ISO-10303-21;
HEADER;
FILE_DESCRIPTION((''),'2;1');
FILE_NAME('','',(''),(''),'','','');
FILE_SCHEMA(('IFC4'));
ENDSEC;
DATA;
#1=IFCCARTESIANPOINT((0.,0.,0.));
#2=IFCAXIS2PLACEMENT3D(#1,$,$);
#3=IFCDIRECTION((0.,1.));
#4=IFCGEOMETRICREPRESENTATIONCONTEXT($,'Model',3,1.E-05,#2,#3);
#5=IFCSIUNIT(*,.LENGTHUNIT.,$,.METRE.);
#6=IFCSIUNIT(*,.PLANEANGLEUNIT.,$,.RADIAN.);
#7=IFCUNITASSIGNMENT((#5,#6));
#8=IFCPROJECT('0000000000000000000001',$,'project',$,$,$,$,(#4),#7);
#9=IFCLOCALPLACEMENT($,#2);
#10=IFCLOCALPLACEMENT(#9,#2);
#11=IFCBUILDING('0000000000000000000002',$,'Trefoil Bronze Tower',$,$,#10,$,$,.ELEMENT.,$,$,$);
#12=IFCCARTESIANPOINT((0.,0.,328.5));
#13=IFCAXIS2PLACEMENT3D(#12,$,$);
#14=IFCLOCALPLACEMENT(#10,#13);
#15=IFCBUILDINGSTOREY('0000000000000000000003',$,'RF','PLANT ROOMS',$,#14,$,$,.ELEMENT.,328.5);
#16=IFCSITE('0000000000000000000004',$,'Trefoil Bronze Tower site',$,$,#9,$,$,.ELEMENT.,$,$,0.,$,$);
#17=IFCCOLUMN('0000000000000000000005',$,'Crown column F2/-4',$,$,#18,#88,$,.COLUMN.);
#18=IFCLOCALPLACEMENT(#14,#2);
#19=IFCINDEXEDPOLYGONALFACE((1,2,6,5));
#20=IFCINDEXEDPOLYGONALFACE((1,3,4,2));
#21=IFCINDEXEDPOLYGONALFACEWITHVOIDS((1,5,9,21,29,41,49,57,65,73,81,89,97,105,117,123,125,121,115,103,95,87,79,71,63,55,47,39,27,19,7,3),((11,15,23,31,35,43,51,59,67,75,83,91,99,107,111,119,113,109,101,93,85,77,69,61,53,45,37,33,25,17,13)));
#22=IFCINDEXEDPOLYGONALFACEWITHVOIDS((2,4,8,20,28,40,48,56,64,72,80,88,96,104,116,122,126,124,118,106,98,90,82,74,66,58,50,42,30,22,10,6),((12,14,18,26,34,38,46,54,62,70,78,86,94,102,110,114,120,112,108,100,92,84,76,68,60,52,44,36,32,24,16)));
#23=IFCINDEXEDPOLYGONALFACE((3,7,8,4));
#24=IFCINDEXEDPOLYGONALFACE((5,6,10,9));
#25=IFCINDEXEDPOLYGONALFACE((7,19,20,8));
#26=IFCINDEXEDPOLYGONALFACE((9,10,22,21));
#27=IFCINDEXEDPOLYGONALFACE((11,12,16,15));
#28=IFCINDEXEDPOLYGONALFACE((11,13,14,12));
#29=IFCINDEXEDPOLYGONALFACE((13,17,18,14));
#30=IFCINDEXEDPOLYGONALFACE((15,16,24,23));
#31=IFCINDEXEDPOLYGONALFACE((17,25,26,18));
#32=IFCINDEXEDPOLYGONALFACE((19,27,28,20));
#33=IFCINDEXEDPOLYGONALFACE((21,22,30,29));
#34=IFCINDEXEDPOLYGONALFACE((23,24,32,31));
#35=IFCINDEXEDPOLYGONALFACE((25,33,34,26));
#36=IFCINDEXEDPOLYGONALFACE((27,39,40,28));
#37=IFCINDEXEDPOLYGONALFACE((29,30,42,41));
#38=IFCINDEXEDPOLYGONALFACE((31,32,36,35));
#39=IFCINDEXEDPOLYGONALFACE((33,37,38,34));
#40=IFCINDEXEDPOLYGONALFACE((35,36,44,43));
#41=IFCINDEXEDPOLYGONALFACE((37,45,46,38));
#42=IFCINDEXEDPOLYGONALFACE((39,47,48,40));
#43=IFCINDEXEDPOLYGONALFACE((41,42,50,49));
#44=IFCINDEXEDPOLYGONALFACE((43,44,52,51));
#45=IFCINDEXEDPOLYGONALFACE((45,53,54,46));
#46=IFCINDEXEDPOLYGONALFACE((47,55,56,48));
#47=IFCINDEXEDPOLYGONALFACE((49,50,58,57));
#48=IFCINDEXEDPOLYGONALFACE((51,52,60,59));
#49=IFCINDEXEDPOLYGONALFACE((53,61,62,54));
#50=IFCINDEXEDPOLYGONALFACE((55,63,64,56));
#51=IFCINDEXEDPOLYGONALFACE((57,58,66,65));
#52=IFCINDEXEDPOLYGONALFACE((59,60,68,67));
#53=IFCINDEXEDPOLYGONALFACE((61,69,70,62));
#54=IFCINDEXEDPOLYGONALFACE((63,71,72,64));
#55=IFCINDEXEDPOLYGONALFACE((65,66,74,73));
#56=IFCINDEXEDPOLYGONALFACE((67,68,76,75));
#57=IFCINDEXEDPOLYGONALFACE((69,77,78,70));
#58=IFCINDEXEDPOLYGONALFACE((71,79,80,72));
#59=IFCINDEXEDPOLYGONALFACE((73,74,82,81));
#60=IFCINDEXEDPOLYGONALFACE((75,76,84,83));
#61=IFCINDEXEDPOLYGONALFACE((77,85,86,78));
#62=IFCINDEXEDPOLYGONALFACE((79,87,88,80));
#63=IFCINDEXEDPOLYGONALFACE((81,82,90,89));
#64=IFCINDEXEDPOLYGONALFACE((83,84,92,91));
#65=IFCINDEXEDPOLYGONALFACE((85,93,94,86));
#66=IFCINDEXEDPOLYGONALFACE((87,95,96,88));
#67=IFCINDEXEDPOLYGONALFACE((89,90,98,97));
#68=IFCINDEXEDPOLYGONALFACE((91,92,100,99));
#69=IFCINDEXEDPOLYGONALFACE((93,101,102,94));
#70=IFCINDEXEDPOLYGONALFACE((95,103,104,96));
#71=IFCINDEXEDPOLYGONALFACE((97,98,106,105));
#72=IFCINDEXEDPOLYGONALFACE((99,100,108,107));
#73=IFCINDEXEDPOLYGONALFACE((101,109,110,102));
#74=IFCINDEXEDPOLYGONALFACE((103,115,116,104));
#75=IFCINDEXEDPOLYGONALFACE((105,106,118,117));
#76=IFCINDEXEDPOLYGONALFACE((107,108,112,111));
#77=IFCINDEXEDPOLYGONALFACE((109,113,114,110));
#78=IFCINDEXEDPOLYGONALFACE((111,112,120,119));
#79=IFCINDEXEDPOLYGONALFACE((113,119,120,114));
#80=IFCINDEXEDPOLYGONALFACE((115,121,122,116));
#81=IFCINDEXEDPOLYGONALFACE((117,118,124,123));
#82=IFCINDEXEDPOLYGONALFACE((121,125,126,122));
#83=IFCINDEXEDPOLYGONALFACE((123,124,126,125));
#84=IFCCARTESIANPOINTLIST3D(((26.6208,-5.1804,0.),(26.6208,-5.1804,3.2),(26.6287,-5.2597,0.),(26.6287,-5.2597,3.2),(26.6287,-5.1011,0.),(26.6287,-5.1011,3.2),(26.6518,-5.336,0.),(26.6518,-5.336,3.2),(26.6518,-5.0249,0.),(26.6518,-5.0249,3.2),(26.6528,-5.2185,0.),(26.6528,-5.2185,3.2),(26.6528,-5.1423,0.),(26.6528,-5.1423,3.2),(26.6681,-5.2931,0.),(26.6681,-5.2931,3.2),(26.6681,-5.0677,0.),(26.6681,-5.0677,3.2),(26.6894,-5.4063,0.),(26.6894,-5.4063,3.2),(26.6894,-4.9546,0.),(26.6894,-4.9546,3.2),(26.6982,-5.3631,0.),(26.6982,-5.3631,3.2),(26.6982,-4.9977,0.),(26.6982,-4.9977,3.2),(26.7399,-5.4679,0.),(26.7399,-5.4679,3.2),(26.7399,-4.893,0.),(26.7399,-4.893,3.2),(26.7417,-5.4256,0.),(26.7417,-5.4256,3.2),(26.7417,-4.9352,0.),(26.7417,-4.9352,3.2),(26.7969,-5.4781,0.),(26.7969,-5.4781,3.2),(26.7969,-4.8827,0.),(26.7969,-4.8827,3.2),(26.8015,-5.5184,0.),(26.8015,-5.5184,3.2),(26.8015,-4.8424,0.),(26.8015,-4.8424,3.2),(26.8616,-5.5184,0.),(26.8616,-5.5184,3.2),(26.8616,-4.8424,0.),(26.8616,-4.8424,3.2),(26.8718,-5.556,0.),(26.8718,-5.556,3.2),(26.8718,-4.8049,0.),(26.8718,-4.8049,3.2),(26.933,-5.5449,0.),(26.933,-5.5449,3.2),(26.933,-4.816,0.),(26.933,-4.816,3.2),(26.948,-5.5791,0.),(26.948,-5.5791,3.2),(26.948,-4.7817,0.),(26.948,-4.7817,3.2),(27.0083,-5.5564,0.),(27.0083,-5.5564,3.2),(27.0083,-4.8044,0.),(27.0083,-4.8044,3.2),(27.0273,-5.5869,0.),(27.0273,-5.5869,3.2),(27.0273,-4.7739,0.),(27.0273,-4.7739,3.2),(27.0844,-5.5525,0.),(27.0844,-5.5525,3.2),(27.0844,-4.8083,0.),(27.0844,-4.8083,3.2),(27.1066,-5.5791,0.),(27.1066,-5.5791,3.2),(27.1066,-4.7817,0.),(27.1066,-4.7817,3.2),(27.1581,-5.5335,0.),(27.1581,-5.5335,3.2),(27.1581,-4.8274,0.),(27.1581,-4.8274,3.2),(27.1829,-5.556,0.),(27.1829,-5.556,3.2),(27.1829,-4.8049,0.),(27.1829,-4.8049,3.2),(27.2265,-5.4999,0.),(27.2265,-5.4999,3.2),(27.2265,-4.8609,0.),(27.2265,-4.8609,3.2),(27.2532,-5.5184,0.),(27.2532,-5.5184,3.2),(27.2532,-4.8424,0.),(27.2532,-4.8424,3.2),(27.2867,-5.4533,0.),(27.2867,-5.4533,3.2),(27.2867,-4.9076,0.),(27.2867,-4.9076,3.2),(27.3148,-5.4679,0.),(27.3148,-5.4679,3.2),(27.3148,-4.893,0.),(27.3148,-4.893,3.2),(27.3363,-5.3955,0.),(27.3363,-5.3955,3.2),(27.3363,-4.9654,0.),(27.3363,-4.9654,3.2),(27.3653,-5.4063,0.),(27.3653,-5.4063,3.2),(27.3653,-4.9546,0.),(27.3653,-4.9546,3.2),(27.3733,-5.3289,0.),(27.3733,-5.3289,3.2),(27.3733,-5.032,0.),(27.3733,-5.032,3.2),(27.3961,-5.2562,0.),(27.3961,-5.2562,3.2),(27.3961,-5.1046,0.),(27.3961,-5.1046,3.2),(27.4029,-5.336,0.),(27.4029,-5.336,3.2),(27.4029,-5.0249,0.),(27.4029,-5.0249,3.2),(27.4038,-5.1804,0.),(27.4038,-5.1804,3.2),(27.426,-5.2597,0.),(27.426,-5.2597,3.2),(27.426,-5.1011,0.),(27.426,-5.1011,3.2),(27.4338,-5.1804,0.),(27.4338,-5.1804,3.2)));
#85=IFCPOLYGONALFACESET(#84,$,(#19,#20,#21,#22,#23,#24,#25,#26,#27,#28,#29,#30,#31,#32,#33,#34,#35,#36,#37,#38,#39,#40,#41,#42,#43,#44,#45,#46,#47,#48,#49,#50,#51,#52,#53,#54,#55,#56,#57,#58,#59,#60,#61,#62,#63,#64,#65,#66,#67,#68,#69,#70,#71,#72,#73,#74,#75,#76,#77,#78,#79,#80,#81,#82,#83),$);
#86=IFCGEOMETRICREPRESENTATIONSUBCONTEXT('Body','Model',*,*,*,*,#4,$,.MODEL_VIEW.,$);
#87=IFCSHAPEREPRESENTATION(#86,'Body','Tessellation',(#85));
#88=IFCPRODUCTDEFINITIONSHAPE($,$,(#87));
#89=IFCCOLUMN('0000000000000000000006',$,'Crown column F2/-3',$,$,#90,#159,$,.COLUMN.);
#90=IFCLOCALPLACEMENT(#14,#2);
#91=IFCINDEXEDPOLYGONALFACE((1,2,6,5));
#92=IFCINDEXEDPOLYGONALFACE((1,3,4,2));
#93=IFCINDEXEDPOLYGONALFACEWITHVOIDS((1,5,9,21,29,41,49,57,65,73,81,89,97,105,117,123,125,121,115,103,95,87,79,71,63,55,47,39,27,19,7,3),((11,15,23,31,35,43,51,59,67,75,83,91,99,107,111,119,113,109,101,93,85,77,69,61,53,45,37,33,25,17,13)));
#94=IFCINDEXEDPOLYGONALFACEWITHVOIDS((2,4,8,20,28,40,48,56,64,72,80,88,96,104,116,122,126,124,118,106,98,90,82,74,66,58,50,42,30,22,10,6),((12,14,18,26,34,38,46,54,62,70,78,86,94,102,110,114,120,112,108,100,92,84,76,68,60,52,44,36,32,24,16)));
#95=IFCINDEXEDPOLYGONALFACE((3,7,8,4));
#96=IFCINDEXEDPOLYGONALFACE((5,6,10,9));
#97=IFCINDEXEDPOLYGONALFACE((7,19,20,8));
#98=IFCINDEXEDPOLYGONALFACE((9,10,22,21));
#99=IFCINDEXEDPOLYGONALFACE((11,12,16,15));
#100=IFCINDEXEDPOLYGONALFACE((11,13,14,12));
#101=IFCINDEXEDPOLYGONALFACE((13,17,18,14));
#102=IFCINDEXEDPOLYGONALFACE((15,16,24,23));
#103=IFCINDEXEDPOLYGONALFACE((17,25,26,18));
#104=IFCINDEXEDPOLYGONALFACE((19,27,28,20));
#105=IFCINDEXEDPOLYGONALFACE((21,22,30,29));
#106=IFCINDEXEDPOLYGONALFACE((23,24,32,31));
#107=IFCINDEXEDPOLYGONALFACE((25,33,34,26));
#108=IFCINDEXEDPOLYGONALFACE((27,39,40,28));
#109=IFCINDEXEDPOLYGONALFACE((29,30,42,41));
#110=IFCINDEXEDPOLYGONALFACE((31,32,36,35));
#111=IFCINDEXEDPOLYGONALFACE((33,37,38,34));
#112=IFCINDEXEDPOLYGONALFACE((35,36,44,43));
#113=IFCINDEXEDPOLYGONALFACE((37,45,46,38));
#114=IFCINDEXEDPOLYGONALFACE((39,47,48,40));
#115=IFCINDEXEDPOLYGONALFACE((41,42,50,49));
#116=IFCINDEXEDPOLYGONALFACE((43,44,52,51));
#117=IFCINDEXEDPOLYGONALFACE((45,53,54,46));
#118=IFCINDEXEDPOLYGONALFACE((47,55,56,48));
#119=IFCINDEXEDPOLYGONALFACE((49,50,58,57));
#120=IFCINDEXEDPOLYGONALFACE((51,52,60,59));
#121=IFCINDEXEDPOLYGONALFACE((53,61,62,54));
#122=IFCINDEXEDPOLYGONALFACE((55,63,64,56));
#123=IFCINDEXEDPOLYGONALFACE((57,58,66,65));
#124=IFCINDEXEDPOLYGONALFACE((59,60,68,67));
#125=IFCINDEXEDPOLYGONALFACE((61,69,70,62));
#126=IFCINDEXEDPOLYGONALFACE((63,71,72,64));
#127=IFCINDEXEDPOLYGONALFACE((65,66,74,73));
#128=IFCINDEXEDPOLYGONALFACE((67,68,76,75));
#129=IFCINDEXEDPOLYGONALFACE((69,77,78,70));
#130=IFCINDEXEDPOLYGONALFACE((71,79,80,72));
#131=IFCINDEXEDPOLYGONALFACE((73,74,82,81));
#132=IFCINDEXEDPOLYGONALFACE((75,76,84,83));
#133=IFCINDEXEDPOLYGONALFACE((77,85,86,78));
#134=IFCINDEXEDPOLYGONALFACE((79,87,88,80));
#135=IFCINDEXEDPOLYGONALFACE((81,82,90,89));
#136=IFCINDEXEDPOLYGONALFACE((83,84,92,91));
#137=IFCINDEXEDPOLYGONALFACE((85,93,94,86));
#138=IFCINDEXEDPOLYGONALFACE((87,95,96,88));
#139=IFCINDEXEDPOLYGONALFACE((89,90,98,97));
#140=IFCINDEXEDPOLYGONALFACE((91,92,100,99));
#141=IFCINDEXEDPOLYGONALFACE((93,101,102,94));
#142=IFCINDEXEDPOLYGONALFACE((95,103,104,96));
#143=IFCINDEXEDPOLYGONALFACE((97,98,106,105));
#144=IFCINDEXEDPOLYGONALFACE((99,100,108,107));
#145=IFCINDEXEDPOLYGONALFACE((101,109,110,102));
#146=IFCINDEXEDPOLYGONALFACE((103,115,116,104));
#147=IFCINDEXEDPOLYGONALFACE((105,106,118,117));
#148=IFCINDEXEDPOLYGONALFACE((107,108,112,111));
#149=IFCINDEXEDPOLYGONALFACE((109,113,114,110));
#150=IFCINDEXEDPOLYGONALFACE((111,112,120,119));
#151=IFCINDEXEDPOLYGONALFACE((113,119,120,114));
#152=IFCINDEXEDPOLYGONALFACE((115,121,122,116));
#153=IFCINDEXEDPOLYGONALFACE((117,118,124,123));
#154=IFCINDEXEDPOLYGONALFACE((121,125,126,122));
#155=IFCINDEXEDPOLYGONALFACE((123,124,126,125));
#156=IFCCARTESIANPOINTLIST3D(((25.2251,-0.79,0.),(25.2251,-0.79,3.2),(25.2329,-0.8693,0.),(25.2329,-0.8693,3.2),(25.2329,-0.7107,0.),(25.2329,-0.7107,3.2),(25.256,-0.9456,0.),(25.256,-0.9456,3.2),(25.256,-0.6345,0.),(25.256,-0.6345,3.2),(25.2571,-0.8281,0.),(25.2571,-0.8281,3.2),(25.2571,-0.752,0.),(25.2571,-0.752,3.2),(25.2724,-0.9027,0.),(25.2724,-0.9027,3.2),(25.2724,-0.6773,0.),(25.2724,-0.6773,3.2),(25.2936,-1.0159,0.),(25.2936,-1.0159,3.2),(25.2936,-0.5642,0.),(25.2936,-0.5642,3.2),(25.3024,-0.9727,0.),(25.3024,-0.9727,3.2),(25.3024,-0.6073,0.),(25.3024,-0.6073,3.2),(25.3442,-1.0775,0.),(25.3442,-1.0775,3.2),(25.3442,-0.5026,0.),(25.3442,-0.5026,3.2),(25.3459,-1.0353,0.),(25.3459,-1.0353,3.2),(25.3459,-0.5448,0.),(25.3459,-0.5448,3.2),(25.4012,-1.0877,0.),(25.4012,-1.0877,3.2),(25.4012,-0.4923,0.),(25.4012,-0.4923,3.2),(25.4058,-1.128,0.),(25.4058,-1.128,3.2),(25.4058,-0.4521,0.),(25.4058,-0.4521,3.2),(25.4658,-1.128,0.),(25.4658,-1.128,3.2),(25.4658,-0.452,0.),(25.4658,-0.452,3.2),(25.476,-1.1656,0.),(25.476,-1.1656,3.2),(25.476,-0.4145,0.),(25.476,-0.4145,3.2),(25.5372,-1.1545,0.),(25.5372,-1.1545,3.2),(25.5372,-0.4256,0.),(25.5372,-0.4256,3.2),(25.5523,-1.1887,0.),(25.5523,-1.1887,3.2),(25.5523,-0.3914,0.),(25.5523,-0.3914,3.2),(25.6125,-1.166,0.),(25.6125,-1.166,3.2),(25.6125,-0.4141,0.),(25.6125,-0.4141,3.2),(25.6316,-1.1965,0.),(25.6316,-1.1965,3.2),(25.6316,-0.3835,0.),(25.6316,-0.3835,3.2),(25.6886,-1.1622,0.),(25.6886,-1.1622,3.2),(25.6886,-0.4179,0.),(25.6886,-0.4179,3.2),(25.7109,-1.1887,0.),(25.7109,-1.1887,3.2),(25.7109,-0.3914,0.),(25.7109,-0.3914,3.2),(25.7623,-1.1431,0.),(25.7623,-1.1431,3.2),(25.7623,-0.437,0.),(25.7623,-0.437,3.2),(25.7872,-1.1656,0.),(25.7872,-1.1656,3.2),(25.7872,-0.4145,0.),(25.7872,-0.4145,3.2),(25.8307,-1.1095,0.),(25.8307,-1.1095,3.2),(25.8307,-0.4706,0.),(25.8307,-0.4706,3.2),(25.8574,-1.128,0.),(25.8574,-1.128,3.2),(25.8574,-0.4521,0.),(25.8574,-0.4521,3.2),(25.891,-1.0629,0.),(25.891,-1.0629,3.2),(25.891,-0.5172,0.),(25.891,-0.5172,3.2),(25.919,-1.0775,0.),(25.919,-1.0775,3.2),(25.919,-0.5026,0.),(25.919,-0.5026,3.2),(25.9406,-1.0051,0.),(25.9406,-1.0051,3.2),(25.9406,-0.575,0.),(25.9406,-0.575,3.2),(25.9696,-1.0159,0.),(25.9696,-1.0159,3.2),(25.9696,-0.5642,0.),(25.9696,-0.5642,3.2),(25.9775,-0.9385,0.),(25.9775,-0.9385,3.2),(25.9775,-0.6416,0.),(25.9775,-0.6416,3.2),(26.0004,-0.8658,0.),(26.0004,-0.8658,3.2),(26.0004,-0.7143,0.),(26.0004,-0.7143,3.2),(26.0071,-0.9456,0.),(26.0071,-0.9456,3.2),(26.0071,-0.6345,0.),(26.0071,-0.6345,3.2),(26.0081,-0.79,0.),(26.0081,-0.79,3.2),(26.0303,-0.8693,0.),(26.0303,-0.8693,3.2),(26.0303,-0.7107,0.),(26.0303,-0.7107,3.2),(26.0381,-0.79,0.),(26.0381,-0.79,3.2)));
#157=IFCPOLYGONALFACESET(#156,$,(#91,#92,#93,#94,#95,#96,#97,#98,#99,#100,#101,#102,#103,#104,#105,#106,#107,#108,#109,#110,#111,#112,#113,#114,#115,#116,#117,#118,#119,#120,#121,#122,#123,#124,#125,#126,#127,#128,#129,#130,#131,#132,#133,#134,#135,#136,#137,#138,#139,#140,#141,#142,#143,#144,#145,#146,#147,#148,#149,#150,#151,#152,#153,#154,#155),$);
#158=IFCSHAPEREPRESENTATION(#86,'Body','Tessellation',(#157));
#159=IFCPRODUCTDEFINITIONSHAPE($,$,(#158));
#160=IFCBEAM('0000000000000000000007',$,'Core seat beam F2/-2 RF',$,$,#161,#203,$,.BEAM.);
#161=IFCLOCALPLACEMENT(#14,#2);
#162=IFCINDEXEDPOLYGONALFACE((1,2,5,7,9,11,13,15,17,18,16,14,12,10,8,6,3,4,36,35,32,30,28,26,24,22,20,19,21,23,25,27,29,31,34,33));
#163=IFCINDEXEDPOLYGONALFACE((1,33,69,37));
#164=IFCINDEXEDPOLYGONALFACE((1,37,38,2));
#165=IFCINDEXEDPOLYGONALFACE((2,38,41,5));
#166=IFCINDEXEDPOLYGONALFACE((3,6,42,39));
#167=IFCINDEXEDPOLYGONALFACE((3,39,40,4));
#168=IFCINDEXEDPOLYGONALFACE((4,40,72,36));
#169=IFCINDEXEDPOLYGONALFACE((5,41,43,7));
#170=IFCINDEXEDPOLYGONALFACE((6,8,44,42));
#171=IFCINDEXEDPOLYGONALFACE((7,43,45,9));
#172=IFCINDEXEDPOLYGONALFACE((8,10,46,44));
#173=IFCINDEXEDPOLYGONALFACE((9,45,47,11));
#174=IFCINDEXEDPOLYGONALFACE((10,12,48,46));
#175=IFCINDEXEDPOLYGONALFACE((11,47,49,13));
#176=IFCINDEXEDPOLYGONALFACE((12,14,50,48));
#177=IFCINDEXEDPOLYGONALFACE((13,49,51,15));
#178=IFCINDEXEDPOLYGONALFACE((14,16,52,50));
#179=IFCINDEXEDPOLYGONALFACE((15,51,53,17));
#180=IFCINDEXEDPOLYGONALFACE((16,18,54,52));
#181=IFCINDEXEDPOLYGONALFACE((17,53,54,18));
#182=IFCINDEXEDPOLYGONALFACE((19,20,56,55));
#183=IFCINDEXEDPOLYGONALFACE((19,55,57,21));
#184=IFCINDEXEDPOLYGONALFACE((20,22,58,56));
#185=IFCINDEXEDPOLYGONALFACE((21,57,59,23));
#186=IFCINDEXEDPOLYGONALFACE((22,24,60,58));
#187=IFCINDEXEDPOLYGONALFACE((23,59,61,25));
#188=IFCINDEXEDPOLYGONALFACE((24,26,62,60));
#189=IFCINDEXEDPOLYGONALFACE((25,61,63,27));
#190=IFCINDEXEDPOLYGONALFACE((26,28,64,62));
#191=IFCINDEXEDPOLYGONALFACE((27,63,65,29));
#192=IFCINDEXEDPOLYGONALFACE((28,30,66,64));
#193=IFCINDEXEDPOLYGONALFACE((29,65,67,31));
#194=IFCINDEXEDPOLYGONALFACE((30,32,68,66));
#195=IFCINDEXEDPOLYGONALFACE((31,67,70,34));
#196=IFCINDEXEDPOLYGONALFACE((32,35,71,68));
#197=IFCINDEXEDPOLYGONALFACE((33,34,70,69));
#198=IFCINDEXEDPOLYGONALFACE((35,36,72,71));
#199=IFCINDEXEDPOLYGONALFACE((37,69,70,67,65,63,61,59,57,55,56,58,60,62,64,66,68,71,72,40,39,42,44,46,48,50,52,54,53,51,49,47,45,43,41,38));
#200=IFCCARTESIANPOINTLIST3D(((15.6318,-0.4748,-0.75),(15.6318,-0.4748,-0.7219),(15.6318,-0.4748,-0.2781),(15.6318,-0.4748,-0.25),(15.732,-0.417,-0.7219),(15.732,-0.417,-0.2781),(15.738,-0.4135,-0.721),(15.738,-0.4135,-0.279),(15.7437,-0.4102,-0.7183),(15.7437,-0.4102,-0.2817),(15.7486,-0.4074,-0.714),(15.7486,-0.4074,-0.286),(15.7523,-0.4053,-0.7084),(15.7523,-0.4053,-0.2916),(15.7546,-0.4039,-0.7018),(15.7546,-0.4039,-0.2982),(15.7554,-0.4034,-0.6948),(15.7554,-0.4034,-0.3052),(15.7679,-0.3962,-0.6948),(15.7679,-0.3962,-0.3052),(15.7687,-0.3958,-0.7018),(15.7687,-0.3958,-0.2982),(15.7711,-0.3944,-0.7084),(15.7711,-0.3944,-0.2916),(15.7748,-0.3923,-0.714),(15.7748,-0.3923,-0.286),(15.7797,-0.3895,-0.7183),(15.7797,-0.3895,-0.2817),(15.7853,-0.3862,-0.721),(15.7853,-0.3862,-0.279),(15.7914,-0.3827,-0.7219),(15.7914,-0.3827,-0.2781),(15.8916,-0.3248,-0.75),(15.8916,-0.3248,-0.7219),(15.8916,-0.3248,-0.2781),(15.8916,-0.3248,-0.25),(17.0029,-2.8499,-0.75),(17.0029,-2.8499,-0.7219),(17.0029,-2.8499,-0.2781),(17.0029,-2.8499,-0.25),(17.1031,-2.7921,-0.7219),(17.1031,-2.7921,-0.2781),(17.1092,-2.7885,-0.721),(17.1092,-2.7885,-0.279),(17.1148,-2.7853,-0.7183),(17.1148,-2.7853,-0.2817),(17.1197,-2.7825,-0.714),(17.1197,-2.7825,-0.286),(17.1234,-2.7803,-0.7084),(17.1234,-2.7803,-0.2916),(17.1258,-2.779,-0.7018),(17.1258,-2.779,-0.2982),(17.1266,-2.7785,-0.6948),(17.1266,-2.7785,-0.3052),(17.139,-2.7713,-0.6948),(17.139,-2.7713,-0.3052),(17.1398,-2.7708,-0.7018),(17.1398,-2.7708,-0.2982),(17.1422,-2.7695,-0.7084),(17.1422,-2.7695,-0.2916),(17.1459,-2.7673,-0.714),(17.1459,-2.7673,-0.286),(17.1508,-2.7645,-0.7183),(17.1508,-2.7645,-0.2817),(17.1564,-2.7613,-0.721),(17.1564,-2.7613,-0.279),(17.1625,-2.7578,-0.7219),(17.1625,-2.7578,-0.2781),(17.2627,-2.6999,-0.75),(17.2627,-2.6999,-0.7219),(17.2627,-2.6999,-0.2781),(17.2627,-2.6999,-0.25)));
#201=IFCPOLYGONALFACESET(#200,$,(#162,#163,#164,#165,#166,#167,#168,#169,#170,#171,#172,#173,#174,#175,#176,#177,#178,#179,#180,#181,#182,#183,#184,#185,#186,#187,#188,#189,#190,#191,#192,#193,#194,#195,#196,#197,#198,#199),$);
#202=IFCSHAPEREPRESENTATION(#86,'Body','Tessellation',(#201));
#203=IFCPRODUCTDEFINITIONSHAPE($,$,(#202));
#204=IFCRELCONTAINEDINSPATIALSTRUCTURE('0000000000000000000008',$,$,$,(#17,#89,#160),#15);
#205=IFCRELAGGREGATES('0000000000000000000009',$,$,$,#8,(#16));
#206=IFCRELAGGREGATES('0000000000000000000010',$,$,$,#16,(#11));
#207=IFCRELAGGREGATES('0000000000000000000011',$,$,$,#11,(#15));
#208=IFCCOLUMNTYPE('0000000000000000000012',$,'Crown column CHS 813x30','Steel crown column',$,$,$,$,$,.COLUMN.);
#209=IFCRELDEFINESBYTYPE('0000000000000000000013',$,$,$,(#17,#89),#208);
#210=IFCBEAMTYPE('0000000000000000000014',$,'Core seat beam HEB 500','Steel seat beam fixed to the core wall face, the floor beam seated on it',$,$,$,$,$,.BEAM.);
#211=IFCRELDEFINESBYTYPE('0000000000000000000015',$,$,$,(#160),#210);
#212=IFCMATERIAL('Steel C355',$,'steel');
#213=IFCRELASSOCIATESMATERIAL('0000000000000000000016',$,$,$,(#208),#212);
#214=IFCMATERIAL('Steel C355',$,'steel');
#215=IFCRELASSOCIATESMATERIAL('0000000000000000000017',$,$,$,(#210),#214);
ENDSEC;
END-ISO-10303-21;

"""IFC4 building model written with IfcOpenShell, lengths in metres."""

from ifc_helpers import new_model, si_unit, direction, frame, origin, origin_2d, place, context, subcontext, project, spatial, hollow_circle, i_section, extrude, material, material_profile, profile_set, type_object, element, save


model = new_model("IFC4")

# Units and contexts
model_context = context("Model", 3, precision=1e-05, world=origin(), true_north=direction((0.0, 1.0)))
body_context = subcontext(model_context, "Body", "Model", "MODEL_VIEW")
ifc_project = project(units=[si_unit("LENGTHUNIT", "METRE"), si_unit("PLANEANGLEUNIT", "RADIAN")], contexts=[model_context])

# Site, building, storey
site_placement = place(None, origin())
site = spatial("IfcSite", under=ifc_project, at=site_placement, Name="Trefoil Bronze Tower site", CompositionType="ELEMENT", RefElevation=0.0)
building_placement = place(site_placement, origin())
building = spatial("IfcBuilding", under=site, at=building_placement, Name="Trefoil Bronze Tower", CompositionType="ELEMENT")
storey_placement = place(building_placement, frame((0.0, 0.0, 328.5)))
storey = spatial("IfcBuildingStorey", under=building, at=storey_placement, Name="RF", Description="PLANT ROOMS", CompositionType="ELEMENT", Elevation=328.5)

# Columns
ifc_material_1 = material(Name="Steel C355", Category="steel")
ifc_material_profile_1 = material_profile(ifc_material_1, hollow_circle(Radius=0.4065, WallThickness=0.03, at=origin_2d()), Name="CHS 813x30")
ifc_profile_set_1 = profile_set([ifc_material_profile_1], Name="Steel C355")
column_type = type_object("IfcColumnType", Name="Crown column CHS 813x30", Description="Steel crown column", PredefinedType="COLUMN", material=ifc_profile_set_1)
for number, where, z_axis, x_axis, name in (
    (1, (27.0273, -5.1804, 0.0), (0.0, 0.0, 1.0), (1.0, 0.0, 0.0), "Crown column F2/-4"),
    (2, (25.6316, -0.79, 0.0), (0.0, 0.0, 1.0), (1.0, 0.0, 0.0), "Crown column F2/-3"),
):
    element("IfcColumn", number, at=place(storey_placement, frame(where, z_axis=z_axis, x_axis=x_axis)), inside=storey, type_object=column_type, Name=name, PredefinedType="COLUMN", context=body_context, shape_type="SweptSolid", body=[
        extrude(hollow_circle(Radius=0.4065, WallThickness=0.03, at=origin_2d()), origin(), (0.0, 0.0, 1.0), 3.2),
    ])

# Beam
ifc_material_2 = material(Name="Steel C355", Category="steel")
ifc_material_profile_2 = material_profile(ifc_material_2, i_section(OverallWidth=0.3, OverallDepth=0.5, WebThickness=0.0144, FlangeThickness=0.0281, FilletRadius=0.0271, at=origin_2d()), Name="HEB 500")
ifc_profile_set_2 = profile_set([ifc_material_profile_2], Name="Steel C355")
beam_type_1 = type_object("IfcBeamType", Name="Core seat beam HEB 500", Description="Steel seat beam fixed to the core wall face, the floor beam seated on it", PredefinedType="BEAM", material=ifc_profile_set_2)
beam_1_placement = place(storey_placement, frame((17.1328, -2.7749, -0.5), z_axis=(-0.499969, 0.866043, 0.0), x_axis=(-0.866043, -0.499969, 0.0)))
element("IfcBeam", 3, at=beam_1_placement, inside=storey, type_object=beam_type_1, Name="Core seat beam F2/-2 RF", PredefinedType="BEAM", context=body_context, shape_type="SweptSolid", body=[
    extrude(i_section(OverallWidth=0.3, OverallDepth=0.5, WebThickness=0.0144, FlangeThickness=0.0281, FilletRadius=0.0271, at=origin_2d()), origin(), (0.0, 0.0, 1.0), 2.7424),
])

save(model, "model.ifc")
